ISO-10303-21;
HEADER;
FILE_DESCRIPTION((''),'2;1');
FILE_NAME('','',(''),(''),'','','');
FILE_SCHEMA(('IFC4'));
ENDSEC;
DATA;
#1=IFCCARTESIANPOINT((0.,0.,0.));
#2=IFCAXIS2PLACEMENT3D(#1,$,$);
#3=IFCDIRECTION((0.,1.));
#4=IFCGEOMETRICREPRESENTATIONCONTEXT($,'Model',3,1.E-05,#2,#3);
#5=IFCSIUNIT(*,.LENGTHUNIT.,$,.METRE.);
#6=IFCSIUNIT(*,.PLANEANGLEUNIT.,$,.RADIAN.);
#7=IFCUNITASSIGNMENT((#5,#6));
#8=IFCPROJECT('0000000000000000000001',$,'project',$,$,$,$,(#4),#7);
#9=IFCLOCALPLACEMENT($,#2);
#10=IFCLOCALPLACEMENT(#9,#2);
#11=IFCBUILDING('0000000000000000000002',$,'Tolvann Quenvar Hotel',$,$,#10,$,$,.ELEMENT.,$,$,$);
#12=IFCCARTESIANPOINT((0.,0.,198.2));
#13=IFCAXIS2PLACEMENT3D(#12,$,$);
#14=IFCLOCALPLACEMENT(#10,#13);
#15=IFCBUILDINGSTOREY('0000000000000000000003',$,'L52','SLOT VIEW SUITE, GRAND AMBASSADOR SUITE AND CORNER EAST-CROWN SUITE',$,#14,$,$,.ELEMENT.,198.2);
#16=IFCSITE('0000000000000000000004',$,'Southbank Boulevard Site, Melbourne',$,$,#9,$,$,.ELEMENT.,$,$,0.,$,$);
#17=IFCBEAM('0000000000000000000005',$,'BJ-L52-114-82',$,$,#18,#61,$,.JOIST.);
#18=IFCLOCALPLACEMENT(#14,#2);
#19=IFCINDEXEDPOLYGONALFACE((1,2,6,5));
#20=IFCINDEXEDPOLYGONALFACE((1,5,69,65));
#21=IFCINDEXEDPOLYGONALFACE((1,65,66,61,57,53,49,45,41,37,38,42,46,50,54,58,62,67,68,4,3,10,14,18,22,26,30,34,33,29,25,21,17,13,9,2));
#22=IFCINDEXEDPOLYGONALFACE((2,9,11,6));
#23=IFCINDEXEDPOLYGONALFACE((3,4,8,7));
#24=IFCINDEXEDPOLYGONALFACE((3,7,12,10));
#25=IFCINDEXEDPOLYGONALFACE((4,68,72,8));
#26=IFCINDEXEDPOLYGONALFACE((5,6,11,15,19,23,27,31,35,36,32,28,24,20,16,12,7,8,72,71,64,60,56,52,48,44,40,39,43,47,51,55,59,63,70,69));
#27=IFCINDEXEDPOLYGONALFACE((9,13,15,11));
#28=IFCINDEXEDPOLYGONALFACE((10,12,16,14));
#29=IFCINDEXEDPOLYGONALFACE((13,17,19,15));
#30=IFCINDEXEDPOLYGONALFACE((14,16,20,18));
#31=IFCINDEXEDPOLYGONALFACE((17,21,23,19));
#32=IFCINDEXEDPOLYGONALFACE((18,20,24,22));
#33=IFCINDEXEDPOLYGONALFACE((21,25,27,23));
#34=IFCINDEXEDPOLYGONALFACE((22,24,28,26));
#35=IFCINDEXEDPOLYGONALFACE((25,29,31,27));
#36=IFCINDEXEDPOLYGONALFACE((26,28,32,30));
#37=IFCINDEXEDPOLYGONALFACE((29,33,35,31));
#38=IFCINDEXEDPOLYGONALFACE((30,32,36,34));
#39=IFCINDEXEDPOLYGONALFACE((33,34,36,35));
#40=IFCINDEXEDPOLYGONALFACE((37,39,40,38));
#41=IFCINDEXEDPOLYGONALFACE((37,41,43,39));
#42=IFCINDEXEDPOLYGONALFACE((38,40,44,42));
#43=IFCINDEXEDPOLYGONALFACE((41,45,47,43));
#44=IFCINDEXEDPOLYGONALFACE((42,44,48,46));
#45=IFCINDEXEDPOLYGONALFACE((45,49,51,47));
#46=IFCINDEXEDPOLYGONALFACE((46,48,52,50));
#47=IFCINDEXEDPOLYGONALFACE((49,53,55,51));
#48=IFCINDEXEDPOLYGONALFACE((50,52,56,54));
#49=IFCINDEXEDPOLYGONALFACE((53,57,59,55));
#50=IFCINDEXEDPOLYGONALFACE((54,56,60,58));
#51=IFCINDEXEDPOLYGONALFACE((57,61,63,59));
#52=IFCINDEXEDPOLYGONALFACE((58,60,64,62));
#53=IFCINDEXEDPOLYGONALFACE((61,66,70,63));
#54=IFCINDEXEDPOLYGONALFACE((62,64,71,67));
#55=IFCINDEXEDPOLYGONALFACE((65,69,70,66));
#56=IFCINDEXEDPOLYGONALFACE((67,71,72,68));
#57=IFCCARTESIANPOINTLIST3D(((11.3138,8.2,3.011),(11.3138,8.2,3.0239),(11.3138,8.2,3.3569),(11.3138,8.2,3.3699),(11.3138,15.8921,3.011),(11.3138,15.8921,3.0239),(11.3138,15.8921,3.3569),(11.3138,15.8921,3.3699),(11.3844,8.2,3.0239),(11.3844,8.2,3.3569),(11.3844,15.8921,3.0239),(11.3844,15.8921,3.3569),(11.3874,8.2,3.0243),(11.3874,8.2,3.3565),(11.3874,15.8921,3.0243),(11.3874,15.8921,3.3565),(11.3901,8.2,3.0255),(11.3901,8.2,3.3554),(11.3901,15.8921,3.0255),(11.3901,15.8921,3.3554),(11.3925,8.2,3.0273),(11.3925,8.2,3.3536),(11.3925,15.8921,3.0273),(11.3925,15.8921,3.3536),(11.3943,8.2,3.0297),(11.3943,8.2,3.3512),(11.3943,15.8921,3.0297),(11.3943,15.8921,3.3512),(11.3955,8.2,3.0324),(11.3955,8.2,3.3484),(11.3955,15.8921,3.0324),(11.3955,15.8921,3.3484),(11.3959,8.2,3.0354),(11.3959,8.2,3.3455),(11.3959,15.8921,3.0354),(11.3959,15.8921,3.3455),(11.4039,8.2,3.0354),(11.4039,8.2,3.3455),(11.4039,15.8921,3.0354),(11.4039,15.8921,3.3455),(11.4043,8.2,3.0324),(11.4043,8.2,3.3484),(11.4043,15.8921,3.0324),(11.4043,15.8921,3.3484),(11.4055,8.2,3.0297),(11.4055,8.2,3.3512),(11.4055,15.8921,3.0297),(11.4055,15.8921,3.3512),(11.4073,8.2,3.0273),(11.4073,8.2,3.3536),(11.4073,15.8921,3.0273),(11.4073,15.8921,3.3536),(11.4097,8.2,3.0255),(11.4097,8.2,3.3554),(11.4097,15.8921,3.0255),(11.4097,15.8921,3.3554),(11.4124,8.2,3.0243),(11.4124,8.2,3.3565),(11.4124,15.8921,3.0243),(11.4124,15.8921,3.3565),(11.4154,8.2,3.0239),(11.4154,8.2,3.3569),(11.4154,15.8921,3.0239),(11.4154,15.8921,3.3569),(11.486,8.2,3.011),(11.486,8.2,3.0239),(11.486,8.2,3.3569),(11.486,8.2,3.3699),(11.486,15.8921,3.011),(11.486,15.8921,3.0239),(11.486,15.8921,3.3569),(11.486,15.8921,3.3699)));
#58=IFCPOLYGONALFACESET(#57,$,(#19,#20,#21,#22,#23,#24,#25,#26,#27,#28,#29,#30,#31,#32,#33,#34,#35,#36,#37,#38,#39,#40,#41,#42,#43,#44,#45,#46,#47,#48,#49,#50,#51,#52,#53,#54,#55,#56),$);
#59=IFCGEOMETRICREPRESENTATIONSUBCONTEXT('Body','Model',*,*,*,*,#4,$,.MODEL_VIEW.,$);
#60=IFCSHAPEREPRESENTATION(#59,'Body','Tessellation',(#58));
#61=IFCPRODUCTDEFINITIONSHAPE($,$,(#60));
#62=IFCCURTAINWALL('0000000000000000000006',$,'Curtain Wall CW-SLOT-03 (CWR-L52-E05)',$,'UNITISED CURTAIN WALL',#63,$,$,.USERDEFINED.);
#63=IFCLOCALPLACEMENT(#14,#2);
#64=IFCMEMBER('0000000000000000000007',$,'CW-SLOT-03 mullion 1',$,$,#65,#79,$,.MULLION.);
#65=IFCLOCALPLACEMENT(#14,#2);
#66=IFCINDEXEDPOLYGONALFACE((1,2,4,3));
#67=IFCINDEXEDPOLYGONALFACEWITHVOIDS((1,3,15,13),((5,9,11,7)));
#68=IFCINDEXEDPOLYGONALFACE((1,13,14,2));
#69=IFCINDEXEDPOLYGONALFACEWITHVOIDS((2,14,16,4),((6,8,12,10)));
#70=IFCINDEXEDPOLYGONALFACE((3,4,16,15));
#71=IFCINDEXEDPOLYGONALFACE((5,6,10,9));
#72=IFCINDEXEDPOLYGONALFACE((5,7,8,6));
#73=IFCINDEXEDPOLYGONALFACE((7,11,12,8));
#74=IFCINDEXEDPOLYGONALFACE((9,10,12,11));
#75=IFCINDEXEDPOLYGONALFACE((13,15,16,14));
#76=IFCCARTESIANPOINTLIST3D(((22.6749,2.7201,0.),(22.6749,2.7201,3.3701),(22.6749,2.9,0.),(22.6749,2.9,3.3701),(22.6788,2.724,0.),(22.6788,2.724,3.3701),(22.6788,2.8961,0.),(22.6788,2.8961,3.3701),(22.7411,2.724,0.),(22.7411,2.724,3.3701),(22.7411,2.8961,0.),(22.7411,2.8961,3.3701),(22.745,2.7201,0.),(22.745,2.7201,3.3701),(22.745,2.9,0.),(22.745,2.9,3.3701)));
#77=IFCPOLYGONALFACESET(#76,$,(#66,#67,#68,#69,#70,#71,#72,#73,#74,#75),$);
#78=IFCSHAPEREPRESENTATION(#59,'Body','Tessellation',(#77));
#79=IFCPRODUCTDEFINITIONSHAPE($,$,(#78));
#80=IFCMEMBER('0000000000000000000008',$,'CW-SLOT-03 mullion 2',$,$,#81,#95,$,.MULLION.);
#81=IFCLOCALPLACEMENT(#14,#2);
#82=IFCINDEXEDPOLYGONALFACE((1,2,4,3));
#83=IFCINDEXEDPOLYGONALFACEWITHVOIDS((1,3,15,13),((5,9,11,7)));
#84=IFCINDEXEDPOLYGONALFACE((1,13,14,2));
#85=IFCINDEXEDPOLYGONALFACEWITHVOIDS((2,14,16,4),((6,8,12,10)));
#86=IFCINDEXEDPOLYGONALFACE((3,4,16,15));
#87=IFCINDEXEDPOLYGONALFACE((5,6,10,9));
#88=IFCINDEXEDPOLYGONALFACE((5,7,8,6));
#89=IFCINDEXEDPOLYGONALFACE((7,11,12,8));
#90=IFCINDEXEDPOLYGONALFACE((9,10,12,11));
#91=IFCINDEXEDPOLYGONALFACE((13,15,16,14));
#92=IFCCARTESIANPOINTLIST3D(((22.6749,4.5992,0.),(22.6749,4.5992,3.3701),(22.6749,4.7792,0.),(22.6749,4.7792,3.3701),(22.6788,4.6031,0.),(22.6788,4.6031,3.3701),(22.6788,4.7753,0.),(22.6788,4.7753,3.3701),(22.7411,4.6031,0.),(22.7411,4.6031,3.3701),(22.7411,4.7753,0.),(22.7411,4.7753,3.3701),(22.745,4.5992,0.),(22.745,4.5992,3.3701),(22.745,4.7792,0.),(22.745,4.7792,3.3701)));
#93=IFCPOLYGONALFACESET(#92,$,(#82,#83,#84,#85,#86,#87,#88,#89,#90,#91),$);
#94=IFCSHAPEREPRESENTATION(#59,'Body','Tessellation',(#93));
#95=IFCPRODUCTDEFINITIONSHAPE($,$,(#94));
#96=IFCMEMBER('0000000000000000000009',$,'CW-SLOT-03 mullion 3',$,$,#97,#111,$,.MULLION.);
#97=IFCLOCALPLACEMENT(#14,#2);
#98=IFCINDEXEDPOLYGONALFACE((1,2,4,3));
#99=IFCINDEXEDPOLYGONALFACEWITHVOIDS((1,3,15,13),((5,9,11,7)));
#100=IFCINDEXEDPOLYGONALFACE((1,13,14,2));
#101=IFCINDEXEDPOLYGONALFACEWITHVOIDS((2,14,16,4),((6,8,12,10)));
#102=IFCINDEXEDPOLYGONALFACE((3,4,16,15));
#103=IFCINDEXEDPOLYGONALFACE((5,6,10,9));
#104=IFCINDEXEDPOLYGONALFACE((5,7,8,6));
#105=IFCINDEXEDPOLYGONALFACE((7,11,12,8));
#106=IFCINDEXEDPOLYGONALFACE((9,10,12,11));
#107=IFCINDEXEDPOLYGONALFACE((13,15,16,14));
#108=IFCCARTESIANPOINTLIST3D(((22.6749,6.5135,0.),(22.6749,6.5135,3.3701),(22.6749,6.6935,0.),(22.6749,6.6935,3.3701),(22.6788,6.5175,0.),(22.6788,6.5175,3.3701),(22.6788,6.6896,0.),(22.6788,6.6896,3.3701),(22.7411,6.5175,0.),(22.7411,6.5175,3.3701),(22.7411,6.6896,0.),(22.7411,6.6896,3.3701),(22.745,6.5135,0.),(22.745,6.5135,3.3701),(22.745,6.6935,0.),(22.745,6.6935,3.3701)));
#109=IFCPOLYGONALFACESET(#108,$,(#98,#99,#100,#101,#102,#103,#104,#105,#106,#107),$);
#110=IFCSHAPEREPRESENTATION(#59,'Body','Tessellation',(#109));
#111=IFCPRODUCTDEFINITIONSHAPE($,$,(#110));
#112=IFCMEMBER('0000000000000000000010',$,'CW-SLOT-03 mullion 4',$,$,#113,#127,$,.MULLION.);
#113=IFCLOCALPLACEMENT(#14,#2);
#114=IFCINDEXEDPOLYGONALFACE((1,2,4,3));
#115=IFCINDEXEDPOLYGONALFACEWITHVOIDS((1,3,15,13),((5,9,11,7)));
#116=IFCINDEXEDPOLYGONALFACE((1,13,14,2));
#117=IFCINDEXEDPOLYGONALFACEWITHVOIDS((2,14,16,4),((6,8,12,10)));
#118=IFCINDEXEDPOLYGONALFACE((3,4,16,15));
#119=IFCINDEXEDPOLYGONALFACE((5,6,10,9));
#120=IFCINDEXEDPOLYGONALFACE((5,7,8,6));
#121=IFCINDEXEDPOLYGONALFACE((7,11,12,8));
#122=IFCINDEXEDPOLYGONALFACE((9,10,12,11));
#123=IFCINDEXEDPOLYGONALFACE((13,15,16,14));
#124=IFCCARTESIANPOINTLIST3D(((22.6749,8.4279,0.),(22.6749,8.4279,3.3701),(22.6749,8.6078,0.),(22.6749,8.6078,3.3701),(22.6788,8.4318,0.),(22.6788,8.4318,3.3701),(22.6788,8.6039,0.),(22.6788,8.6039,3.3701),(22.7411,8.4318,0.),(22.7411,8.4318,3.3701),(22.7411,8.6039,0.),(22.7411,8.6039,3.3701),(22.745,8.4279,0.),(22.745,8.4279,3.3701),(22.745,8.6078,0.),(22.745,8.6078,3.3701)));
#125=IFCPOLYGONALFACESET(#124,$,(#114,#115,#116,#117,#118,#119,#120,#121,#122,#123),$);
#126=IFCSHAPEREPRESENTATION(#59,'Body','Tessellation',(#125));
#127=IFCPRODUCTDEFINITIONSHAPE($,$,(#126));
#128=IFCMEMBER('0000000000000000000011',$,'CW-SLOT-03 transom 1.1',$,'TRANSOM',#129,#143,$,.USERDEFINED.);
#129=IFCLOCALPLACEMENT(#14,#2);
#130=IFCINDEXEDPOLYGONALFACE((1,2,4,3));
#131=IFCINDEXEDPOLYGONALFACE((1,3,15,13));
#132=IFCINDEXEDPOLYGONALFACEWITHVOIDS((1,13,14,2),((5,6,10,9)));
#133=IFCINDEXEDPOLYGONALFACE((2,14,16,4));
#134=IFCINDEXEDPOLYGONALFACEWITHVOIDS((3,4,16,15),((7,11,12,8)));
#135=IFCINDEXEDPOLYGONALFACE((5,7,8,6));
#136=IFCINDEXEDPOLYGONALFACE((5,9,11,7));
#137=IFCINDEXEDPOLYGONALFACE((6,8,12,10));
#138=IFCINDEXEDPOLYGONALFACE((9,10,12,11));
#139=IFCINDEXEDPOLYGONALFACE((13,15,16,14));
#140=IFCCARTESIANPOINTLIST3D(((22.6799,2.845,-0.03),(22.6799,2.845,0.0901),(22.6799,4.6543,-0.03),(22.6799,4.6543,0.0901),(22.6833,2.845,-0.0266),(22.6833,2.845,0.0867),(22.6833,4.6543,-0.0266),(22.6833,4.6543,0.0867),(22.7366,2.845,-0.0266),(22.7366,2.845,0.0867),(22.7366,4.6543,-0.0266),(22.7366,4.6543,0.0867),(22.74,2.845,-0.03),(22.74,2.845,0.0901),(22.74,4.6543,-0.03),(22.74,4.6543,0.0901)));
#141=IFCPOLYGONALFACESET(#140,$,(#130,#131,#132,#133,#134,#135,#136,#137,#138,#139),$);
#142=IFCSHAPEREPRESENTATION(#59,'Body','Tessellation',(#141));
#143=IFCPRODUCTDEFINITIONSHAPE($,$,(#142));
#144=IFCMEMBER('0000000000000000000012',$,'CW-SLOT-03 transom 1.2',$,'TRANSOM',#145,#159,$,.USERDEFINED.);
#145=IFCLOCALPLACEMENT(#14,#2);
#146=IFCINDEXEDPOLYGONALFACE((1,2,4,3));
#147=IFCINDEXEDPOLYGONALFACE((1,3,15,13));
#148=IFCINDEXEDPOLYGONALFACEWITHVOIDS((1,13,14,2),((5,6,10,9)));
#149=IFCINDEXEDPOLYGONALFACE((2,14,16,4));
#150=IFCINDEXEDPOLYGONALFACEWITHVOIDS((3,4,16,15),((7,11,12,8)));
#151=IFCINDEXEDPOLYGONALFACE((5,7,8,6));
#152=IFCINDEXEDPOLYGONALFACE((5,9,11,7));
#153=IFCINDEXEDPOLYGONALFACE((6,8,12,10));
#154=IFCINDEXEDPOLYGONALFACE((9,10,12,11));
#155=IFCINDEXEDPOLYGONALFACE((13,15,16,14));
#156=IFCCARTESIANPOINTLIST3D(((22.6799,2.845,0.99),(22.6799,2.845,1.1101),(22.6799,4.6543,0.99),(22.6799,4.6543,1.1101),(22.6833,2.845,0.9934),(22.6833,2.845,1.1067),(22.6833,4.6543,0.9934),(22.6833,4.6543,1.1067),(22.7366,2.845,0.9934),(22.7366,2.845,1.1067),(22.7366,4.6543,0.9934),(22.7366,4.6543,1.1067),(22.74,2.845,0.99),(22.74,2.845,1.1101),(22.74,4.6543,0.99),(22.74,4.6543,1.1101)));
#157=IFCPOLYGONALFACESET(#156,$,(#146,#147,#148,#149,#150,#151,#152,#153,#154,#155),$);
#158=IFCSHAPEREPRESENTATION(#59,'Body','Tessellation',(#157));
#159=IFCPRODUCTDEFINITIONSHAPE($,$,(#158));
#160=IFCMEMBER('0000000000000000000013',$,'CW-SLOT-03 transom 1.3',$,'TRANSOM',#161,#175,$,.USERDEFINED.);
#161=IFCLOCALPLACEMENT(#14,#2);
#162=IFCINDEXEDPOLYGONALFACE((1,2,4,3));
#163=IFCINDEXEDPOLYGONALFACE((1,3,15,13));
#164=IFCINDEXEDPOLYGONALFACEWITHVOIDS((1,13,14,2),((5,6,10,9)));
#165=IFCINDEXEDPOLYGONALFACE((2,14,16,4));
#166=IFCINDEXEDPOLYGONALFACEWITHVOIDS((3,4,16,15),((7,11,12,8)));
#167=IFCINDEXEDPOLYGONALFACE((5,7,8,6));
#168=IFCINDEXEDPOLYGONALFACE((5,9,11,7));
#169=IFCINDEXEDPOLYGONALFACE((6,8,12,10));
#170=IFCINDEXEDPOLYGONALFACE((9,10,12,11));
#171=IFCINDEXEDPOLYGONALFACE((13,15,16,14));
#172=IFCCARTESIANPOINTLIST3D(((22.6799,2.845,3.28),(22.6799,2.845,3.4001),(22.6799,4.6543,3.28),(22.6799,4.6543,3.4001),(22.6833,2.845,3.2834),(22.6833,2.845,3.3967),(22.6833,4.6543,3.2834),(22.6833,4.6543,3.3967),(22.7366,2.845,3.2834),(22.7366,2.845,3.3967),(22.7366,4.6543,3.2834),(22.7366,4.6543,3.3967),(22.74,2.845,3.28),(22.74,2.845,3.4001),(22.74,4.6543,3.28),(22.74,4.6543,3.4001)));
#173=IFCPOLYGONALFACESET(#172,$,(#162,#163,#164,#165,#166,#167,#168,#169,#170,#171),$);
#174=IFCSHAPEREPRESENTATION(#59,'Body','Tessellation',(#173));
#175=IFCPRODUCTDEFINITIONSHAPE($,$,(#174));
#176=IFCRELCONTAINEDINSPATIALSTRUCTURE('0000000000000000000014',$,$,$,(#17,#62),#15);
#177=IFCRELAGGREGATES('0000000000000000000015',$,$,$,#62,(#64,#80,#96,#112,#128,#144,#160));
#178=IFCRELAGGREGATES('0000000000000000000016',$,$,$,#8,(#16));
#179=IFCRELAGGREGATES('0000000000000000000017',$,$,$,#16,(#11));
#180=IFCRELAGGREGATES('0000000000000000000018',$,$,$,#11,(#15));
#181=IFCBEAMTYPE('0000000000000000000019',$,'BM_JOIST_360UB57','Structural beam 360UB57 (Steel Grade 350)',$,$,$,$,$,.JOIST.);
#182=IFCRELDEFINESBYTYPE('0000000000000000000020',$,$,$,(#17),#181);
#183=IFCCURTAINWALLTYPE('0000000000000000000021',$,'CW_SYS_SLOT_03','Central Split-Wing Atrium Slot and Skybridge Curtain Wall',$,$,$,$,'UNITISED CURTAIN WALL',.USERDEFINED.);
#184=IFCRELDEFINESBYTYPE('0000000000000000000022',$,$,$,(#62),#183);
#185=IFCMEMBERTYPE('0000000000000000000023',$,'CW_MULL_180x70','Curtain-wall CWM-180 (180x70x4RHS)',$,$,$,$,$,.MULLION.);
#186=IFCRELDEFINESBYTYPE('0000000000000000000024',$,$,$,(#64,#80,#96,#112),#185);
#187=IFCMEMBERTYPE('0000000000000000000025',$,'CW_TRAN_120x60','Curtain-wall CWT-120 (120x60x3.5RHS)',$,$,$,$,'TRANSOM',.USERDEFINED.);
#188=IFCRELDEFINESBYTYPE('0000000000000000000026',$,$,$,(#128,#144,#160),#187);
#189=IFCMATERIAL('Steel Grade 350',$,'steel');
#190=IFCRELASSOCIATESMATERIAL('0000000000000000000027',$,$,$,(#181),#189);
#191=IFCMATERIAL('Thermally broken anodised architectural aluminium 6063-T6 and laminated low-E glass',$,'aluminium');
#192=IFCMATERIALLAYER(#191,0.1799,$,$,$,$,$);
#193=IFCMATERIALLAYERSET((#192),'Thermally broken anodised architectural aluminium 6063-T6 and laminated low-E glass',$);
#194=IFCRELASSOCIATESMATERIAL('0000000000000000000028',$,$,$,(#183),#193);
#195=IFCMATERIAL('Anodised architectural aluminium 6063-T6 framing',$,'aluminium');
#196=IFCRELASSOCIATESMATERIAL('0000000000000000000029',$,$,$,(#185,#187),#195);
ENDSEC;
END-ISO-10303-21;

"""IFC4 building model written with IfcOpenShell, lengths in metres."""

from ifc_helpers import new_model, si_unit, direction, frame, origin, origin_2d, place, context, subcontext, project, spatial, hollow_rectangle, i_section, extrude, source, transform, mapped, material, layer, layer_set, material_profile, profile_set, type_object, type_shapes, element, aggregate, save


model = new_model("IFC4")

# Units and contexts
model_context = context("Model", 3, precision=1e-05, world=origin(), true_north=direction((0.0, 1.0)))
body_context = subcontext(model_context, "Body", "Model", "MODEL_VIEW")
ifc_project = project(units=[si_unit("LENGTHUNIT", "METRE"), si_unit("PLANEANGLEUNIT", "RADIAN")], contexts=[model_context])

# Site, building, storey
site_placement = place(None, origin())
site = spatial("IfcSite", under=ifc_project, at=site_placement, Name="Southbank Boulevard Site, Melbourne", CompositionType="ELEMENT", RefElevation=0.0)
building_placement = place(site_placement, origin())
building = spatial("IfcBuilding", under=site, at=building_placement, Name="Tolvann Quenvar Hotel", CompositionType="ELEMENT")
storey_placement = place(building_placement, frame((0.0, 0.0, 198.2)))
storey = spatial("IfcBuildingStorey", under=building, at=storey_placement, Name="L52", Description="SLOT VIEW SUITE, GRAND AMBASSADOR SUITE AND CORNER EAST-CROWN SUITE", CompositionType="ELEMENT", Elevation=198.2)

# Shared definitions
ifc_material_1 = material(Name="Steel Grade 350", Category="steel")

# Beam
ifc_material_profile_1 = material_profile(ifc_material_1, i_section(OverallWidth=0.1721, OverallDepth=0.3589, WebThickness=0.0081, FlangeThickness=0.0129, FilletRadius=0.0115, at=origin_2d()), Name="360UB57")
ifc_profile_set_1 = profile_set([ifc_material_profile_1], Name="Steel Grade 350")
beam_type_1 = type_object("IfcBeamType", Name="BM_JOIST_360UB57", Description="Structural beam 360UB57 (Steel Grade 350)", PredefinedType="JOIST", material=ifc_profile_set_1)
shared_shape_1 = source(origin(), body_context, "Body", "SweptSolid", [
    extrude(i_section(OverallWidth=0.1721, OverallDepth=0.3589, WebThickness=0.0081, FlangeThickness=0.0129, FilletRadius=0.0115, at=origin_2d()), origin(), (0.0, 0.0, 1.0), 7.6921),
])
type_shapes(beam_type_1, [shared_shape_1])
beam_1_placement = place(storey_placement, frame((11.3999, 8.2, 3.1904), z_axis=(0.0, 1.0, 0.0), x_axis=(-1.0, 0.0, 0.0)))
element("IfcBeam", 1, at=beam_1_placement, inside=storey, type_object=beam_type_1, Name="BJ-L52-114-82", PredefinedType="JOIST", context=body_context, shape_type="MappedRepresentation", body=[
    mapped(shared_shape_1, transform((0.0, 0.0, 0.0), x_axis=(1.0, 0.0, 0.0), y_axis=(0.0, 1.0, 0.0), z_axis=(0.0, 0.0, 1.0), scale=1.0)),
])

# Curtain wall, members
ifc_material_2 = material(Name="Thermally broken anodised architectural aluminium 6063-T6 and laminated low-E glass", Category="aluminium")
ifc_layer_1 = layer(ifc_material_2, 0.1799)
ifc_layer_set_1 = layer_set([ifc_layer_1], Name="Thermally broken anodised architectural aluminium 6063-T6 and laminated low-E glass")
curtain_wall_type = type_object("IfcCurtainWallType", Name="CW_SYS_SLOT_03", Description="Central Split-Wing Atrium Slot and Skybridge Curtain Wall", ElementType="UNITISED CURTAIN WALL", PredefinedType="USERDEFINED", material=ifc_layer_set_1)
curtain_wall_placement = place(storey_placement, origin())
curtain_wall = element("IfcCurtainWall", 2, at=curtain_wall_placement, inside=storey, type_object=curtain_wall_type, Name="Curtain Wall CW-SLOT-03 (CWR-L52-E05)", ObjectType="UNITISED CURTAIN WALL", PredefinedType="USERDEFINED")
ifc_material_3 = material(Name="Anodised architectural aluminium 6063-T6 framing", Category="aluminium")
ifc_material_profile_2 = material_profile(ifc_material_3, hollow_rectangle(XDim=0.0701, YDim=0.1799, WallThickness=0.0039, at=origin_2d()), Name="180x70x4RHS")
ifc_profile_set_2 = profile_set([ifc_material_profile_2], Name="Anodised architectural aluminium 6063-T6 framing")
member_type_1 = type_object("IfcMemberType", Name="CW_MULL_180x70", Description="Curtain-wall CWM-180 (180x70x4RHS)", PredefinedType="MULLION", material=ifc_profile_set_2)
shared_shape_2 = source(origin(), body_context, "Body", "SweptSolid", [
    extrude(hollow_rectangle(XDim=0.0701, YDim=0.1799, WallThickness=0.0039, at=origin_2d()), origin(), (0.0, 0.0, 1.0), 3.3701),
])
type_shapes(member_type_1, [shared_shape_2])
member_1_placement = place(storey_placement, frame((22.71, 2.8101, 0.0), z_axis=(0.0, 0.0, 1.0), x_axis=(-1.0, 0.0, 0.0)))
member_1 = element("IfcMember", 3, at=member_1_placement, type_object=member_type_1, Name="CW-SLOT-03 mullion 1", PredefinedType="MULLION", context=body_context, shape_type="MappedRepresentation", body=[
    mapped(shared_shape_2, transform((0.0, 0.0, 0.0), x_axis=(1.0, 0.0, 0.0), y_axis=(0.0, 1.0, 0.0), z_axis=(0.0, 0.0, 1.0), scale=1.0)),
])
member_2_placement = place(storey_placement, frame((22.71, 4.6892, 0.0), z_axis=(0.0, 0.0, 1.0), x_axis=(-1.0, 0.0, 0.0)))
member_2 = element("IfcMember", 4, at=member_2_placement, type_object=member_type_1, Name="CW-SLOT-03 mullion 2", PredefinedType="MULLION", context=body_context, shape_type="MappedRepresentation", body=[
    mapped(shared_shape_2, transform((0.0, 0.0, 0.0), x_axis=(1.0, 0.0, 0.0), y_axis=(0.0, 1.0, 0.0), z_axis=(0.0, 0.0, 1.0), scale=1.0)),
])
member_3_placement = place(storey_placement, frame((22.71, 6.6035, 0.0), z_axis=(0.0, 0.0, 1.0), x_axis=(-1.0, 0.0, 0.0)))
member_3 = element("IfcMember", 5, at=member_3_placement, type_object=member_type_1, Name="CW-SLOT-03 mullion 3", PredefinedType="MULLION", context=body_context, shape_type="MappedRepresentation", body=[
    mapped(shared_shape_2, transform((0.0, 0.0, 0.0), x_axis=(1.0, 0.0, 0.0), y_axis=(0.0, 1.0, 0.0), z_axis=(0.0, 0.0, 1.0), scale=1.0)),
])
member_4_placement = place(storey_placement, frame((22.71, 8.5178, 0.0), z_axis=(0.0, 0.0, 1.0), x_axis=(-1.0, 0.0, 0.0)))
member_4 = element("IfcMember", 6, at=member_4_placement, type_object=member_type_1, Name="CW-SLOT-03 mullion 4", PredefinedType="MULLION", context=body_context, shape_type="MappedRepresentation", body=[
    mapped(shared_shape_2, transform((0.0, 0.0, 0.0), x_axis=(1.0, 0.0, 0.0), y_axis=(0.0, 1.0, 0.0), z_axis=(0.0, 0.0, 1.0), scale=1.0)),
])
ifc_material_profile_3 = material_profile(ifc_material_3, hollow_rectangle(XDim=0.0601, YDim=0.1201, WallThickness=0.0034, at=origin_2d()), Name="120x60x3.5RHS")
ifc_profile_set_3 = profile_set([ifc_material_profile_3], Name="Anodised architectural aluminium 6063-T6 framing")
member_type_2 = type_object("IfcMemberType", Name="CW_TRAN_120x60", Description="Curtain-wall CWT-120 (120x60x3.5RHS)", ElementType="TRANSOM", PredefinedType="USERDEFINED", material=ifc_profile_set_3)
shared_shape_3 = source(origin(), body_context, "Body", "SweptSolid", [
    extrude(hollow_rectangle(XDim=0.0601, YDim=0.1201, WallThickness=0.0034, at=origin_2d()), origin(), (0.0, 0.0, 1.0), 1.8093),
])
member_5_placement = place(storey_placement, frame((22.71, 2.845, 0.03), z_axis=(0.0, 1.0, 0.0), x_axis=(-1.0, 0.0, 0.0)))
member_5 = element("IfcMember", 7, at=member_5_placement, type_object=member_type_2, Name="CW-SLOT-03 transom 1.1", ObjectType="TRANSOM", PredefinedType="USERDEFINED", context=body_context, shape_type="MappedRepresentation", body=[
    mapped(shared_shape_3, transform((0.0, 0.0, 0.0), x_axis=(1.0, 0.0, 0.0), y_axis=(0.0, 1.0, 0.0), z_axis=(0.0, 0.0, 1.0), scale=1.0)),
])
member_6_placement = place(storey_placement, frame((22.71, 2.845, 1.05), z_axis=(0.0, 1.0, 0.0), x_axis=(-1.0, 0.0, 0.0)))
member_6 = element("IfcMember", 8, at=member_6_placement, type_object=member_type_2, Name="CW-SLOT-03 transom 1.2", ObjectType="TRANSOM", PredefinedType="USERDEFINED", context=body_context, shape_type="MappedRepresentation", body=[
    mapped(shared_shape_3, transform((0.0, 0.0, 0.0), x_axis=(1.0, 0.0, 0.0), y_axis=(0.0, 1.0, 0.0), z_axis=(0.0, 0.0, 1.0), scale=1.0)),
])
member_7_placement = place(storey_placement, frame((22.71, 2.845, 3.3401), z_axis=(0.0, 1.0, 0.0), x_axis=(-1.0, 0.0, 0.0)))
member_7 = element("IfcMember", 9, at=member_7_placement, type_object=member_type_2, Name="CW-SLOT-03 transom 1.3", ObjectType="TRANSOM", PredefinedType="USERDEFINED", context=body_context, shape_type="MappedRepresentation", body=[
    mapped(shared_shape_3, transform((0.0, 0.0, 0.0), x_axis=(1.0, 0.0, 0.0), y_axis=(0.0, 1.0, 0.0), z_axis=(0.0, 0.0, 1.0), scale=1.0)),
])
aggregate(curtain_wall, [member_1, member_2, member_3, member_4, member_5, member_6, member_7])

save(model, "model.ifc")
